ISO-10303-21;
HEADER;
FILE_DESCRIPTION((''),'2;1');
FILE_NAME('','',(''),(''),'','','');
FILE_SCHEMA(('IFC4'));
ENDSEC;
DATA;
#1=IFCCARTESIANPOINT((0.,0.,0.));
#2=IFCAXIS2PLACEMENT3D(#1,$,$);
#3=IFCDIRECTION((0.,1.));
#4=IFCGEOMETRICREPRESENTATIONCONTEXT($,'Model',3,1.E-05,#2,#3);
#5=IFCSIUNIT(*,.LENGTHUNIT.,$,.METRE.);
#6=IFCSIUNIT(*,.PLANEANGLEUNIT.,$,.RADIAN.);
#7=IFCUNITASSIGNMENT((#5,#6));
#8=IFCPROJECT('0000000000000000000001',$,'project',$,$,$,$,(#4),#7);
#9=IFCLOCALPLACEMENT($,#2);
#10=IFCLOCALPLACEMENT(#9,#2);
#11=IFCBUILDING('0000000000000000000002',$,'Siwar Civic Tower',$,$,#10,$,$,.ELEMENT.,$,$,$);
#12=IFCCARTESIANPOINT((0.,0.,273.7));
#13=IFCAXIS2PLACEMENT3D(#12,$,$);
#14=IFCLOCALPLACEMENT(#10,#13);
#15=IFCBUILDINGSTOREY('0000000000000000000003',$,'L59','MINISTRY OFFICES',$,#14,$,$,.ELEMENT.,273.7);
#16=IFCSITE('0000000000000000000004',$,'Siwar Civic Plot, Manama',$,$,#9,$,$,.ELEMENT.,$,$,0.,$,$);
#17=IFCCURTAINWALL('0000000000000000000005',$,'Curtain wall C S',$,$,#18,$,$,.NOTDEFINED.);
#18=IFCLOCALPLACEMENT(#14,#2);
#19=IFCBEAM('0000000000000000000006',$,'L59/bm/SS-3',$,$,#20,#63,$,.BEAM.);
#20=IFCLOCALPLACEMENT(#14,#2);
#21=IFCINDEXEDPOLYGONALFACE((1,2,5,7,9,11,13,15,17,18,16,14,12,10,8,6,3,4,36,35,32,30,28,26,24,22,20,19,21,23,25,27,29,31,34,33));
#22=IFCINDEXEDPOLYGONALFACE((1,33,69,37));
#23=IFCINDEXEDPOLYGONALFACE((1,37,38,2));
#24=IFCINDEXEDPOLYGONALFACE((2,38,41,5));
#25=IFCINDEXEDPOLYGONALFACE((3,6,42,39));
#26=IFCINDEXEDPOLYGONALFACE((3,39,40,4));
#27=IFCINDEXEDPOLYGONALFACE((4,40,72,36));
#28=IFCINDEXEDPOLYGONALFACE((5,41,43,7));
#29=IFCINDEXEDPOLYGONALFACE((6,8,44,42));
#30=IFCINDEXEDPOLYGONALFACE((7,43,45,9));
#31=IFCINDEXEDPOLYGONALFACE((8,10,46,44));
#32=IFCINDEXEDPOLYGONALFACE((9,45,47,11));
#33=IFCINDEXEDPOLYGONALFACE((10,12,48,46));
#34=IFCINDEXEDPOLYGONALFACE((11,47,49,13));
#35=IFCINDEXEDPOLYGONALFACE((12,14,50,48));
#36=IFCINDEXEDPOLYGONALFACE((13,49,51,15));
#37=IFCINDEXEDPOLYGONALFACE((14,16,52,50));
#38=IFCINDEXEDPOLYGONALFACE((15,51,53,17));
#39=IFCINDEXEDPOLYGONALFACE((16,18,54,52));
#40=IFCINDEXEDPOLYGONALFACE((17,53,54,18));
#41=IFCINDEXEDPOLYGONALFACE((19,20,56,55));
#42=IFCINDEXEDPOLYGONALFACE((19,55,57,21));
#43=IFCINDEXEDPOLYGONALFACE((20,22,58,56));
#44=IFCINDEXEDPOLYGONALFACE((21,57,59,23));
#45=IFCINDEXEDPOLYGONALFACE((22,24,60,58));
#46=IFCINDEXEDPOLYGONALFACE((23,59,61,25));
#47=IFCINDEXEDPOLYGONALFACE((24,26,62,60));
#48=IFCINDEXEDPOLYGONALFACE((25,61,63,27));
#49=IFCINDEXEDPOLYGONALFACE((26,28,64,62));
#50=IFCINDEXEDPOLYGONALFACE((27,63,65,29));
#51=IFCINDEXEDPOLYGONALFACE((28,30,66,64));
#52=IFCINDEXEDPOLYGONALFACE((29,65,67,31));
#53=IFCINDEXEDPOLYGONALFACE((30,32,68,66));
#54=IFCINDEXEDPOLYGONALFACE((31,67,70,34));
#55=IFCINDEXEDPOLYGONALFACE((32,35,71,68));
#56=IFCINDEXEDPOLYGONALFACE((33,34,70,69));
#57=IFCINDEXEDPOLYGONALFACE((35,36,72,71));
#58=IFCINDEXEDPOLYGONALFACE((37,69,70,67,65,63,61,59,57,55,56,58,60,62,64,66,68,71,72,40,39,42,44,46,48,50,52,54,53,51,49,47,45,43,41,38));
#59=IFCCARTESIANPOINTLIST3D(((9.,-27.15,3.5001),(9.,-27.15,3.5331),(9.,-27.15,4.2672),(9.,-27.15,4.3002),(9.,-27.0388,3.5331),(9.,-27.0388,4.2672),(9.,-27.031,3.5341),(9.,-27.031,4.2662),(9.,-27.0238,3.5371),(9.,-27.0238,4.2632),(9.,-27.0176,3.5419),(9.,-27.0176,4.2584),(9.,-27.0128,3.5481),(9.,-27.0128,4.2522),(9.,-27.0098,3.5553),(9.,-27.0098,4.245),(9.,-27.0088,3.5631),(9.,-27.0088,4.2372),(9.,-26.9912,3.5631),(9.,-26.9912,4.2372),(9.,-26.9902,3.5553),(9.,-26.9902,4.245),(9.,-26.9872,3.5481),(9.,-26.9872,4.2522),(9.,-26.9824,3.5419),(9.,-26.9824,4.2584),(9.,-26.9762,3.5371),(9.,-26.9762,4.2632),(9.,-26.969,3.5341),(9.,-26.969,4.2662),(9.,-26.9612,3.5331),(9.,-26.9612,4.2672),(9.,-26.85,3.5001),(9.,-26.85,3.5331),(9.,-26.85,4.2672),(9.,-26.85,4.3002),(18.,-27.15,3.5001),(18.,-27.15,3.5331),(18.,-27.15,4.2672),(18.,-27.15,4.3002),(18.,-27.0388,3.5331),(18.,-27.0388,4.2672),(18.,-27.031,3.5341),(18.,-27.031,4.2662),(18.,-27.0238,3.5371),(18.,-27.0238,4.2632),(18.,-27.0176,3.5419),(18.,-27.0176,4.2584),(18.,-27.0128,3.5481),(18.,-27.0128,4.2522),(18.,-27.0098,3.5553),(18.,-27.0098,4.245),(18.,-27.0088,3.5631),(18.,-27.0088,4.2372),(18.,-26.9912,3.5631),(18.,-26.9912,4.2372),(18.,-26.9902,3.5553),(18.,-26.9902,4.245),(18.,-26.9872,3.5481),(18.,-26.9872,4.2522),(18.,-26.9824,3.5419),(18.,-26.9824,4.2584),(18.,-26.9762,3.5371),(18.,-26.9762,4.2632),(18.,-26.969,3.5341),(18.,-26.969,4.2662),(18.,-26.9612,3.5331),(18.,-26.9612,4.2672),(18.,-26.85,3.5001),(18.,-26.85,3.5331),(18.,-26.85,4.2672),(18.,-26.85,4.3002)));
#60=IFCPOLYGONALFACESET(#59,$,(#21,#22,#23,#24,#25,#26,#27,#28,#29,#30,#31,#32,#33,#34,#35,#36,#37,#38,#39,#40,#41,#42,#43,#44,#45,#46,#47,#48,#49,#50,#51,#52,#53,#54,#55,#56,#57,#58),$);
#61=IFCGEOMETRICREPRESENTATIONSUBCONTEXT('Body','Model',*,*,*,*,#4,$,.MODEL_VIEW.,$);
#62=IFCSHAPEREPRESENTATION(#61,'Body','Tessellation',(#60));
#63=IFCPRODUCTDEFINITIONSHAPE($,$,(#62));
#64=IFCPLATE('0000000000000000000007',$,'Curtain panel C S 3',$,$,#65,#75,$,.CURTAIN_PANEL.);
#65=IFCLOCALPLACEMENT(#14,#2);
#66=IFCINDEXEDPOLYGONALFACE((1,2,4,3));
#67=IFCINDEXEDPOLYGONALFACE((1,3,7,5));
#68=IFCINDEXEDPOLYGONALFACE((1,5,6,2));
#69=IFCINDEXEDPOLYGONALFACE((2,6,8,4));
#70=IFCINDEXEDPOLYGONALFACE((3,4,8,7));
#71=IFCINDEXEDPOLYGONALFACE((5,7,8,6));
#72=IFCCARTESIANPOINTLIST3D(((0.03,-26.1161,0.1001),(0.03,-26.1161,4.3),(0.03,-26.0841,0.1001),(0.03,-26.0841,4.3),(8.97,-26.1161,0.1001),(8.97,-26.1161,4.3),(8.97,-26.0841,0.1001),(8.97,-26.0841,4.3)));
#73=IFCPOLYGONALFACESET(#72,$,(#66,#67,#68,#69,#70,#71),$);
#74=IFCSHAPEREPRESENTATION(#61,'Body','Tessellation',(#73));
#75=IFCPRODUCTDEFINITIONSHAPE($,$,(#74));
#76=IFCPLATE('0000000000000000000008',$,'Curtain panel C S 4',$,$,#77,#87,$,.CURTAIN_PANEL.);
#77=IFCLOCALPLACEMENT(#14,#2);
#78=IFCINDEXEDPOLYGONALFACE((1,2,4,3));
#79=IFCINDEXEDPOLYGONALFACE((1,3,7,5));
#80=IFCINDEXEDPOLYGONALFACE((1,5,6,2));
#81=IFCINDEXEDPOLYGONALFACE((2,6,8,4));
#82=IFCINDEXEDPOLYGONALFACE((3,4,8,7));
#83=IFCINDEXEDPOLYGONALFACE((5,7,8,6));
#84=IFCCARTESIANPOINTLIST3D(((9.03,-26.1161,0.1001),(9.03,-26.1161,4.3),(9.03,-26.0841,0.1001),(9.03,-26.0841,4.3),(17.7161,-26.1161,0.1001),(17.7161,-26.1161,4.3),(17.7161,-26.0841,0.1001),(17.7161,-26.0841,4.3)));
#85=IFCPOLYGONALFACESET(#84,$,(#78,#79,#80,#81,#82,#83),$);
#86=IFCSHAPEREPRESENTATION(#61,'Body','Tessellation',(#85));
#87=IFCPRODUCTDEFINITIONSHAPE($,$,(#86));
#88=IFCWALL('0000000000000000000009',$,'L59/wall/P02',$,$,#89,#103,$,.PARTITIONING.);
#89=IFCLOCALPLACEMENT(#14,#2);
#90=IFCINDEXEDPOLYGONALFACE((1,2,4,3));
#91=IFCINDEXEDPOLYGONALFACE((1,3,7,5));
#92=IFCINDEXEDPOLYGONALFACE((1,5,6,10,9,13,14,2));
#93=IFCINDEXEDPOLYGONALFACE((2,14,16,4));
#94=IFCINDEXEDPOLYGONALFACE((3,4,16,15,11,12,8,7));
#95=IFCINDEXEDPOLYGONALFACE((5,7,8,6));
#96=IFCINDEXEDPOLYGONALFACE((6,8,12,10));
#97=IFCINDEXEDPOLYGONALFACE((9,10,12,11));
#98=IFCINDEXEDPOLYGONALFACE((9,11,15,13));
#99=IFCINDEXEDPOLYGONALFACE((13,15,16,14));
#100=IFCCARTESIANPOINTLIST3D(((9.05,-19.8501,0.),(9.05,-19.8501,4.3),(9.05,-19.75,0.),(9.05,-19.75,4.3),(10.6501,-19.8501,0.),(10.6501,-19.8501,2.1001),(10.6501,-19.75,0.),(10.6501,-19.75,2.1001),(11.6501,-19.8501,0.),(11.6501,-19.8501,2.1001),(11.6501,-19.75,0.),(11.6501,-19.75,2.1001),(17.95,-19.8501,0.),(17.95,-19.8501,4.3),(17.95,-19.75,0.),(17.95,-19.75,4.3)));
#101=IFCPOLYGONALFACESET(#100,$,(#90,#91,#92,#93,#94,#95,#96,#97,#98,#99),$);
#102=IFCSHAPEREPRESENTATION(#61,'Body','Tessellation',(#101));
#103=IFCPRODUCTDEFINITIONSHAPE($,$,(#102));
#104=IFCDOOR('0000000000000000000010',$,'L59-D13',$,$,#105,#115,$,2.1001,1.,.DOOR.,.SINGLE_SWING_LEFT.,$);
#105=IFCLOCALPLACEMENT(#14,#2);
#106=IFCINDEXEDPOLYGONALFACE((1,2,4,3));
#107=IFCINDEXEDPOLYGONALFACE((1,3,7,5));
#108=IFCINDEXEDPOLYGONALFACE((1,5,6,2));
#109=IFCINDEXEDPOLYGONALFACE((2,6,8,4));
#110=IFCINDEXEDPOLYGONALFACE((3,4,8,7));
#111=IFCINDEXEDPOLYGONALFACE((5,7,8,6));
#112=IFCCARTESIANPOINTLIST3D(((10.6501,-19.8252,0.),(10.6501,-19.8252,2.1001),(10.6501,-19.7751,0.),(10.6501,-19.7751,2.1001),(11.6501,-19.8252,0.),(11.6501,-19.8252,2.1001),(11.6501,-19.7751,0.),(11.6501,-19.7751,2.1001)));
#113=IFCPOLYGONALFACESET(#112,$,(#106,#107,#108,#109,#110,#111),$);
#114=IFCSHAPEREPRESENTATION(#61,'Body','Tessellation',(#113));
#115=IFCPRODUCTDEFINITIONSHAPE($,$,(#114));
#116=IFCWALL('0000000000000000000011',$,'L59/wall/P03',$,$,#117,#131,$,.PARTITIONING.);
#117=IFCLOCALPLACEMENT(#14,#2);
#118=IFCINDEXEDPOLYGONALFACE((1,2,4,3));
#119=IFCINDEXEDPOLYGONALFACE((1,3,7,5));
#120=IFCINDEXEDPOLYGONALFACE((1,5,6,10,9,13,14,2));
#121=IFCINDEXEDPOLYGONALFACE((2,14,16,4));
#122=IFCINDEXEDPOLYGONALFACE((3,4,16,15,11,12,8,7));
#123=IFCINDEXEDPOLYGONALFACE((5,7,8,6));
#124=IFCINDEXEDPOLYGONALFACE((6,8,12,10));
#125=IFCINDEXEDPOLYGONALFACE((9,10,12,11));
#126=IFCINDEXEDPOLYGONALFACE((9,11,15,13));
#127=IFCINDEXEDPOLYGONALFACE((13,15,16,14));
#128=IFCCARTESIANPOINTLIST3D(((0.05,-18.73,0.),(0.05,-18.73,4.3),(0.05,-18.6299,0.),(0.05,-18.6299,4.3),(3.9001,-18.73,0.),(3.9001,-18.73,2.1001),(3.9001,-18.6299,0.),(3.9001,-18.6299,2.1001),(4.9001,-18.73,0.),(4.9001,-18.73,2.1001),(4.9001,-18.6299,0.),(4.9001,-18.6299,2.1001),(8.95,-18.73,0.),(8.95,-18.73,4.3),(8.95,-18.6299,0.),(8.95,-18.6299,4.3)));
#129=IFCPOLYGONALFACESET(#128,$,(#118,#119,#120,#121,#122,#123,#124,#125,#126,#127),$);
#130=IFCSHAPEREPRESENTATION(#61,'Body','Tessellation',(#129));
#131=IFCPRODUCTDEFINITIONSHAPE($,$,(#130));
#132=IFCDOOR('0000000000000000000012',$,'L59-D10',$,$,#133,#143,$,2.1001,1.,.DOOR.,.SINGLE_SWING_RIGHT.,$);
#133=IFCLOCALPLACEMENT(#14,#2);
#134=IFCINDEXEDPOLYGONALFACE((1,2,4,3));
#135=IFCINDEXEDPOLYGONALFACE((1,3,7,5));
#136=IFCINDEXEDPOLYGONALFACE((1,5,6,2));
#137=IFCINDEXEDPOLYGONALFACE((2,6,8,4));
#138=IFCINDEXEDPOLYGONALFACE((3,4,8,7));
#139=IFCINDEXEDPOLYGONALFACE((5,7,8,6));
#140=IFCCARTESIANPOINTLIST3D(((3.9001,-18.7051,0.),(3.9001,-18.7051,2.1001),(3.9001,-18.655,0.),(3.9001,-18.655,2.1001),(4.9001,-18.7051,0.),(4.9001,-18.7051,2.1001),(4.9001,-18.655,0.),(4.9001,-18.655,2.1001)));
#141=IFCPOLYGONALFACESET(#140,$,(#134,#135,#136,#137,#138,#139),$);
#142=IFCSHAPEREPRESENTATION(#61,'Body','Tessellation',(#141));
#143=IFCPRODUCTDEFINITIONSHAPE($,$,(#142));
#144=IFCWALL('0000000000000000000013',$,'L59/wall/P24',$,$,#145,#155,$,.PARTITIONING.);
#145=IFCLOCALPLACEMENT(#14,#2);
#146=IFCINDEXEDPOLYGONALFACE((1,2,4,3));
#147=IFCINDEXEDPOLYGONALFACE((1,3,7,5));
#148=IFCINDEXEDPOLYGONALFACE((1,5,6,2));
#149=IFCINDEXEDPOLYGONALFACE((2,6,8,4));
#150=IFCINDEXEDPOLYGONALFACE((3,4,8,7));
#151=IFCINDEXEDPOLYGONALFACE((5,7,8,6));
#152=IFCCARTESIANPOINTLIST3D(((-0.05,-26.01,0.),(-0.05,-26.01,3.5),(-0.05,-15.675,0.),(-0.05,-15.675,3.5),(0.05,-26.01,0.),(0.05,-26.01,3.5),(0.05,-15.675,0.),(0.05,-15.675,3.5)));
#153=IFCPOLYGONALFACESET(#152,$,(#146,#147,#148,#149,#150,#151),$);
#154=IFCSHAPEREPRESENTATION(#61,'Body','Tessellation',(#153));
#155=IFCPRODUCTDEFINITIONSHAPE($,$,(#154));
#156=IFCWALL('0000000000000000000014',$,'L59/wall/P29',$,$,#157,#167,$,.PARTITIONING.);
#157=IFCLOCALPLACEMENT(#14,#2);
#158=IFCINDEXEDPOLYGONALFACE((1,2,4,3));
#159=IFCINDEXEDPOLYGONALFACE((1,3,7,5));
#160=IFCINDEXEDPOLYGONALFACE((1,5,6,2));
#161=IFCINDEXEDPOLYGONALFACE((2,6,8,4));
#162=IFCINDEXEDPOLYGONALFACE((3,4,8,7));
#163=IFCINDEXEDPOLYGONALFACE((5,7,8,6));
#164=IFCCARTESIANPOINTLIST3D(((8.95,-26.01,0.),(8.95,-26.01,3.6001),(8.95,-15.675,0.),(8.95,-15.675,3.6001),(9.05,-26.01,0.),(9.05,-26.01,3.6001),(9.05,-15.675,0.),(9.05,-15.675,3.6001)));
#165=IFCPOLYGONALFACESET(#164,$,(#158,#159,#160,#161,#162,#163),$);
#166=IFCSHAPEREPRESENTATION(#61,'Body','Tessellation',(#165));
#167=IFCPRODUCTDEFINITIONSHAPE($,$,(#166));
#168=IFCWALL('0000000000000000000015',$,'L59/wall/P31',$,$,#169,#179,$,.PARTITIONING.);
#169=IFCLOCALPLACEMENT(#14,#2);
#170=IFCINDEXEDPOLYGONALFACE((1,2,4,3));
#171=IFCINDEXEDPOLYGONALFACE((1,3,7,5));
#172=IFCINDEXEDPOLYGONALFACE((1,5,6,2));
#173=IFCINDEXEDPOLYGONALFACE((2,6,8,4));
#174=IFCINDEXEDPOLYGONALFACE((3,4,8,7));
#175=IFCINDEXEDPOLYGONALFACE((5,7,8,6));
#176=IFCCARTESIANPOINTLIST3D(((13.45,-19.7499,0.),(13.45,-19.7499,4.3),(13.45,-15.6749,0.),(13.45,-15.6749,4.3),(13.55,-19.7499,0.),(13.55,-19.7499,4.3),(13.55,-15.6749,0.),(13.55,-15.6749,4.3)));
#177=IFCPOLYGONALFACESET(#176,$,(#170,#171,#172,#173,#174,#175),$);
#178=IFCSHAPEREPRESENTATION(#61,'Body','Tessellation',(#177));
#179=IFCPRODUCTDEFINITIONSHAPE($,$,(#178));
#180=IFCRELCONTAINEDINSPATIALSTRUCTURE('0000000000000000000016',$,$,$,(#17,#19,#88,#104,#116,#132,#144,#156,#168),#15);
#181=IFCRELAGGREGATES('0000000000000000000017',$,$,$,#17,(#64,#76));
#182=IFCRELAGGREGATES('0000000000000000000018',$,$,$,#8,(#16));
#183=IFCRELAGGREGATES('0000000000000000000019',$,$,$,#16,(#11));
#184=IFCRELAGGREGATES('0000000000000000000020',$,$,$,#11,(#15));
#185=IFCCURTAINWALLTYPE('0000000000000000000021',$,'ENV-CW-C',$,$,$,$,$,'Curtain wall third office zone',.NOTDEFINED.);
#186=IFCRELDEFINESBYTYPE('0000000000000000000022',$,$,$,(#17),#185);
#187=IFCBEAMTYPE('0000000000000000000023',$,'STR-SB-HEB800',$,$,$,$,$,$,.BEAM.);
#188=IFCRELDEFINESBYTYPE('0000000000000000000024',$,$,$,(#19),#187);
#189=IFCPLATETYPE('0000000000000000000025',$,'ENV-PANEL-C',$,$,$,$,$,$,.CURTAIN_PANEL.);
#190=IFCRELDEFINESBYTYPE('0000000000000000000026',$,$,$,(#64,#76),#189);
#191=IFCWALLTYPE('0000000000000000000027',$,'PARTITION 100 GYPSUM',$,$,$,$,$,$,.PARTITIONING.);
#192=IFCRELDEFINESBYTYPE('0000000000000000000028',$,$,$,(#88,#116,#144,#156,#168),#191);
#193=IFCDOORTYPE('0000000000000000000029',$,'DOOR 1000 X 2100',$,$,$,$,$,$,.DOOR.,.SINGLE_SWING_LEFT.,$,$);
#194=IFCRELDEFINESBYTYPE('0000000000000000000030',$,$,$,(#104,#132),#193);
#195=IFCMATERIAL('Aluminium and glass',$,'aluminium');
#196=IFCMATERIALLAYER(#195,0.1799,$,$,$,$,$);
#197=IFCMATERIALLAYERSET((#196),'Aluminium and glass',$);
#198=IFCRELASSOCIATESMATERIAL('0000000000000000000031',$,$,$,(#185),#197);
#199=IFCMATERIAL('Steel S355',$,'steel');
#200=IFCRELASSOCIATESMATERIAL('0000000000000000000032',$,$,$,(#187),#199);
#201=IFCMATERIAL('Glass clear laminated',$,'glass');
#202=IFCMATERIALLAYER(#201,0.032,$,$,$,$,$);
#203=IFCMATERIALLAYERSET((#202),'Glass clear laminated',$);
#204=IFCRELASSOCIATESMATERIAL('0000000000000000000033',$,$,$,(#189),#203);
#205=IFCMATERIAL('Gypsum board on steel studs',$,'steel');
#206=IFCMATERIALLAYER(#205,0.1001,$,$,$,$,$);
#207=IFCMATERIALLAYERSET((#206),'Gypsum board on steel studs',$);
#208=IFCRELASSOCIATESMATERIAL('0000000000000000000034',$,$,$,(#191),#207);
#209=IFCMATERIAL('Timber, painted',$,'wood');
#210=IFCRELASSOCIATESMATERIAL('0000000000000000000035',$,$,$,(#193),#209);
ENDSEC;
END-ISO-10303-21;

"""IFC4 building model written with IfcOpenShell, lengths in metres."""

from ifc_helpers import new_model, si_unit, direction, frame, frame_2d, origin, origin_2d, place, context, subcontext, project, spatial, rectangle, i_section, extrude, material, layer, layer_set, material_profile, profile_set, type_object, element, fill, aggregate, save


model = new_model("IFC4")

# Units and contexts
model_context = context("Model", 3, precision=1e-05, world=origin(), true_north=direction((0.0, 1.0)))
body_context = subcontext(model_context, "Body", "Model", "MODEL_VIEW")
ifc_project = project(units=[si_unit("LENGTHUNIT", "METRE"), si_unit("PLANEANGLEUNIT", "RADIAN")], contexts=[model_context])

# Site, building, storey
site_placement = place(None, origin())
site = spatial("IfcSite", under=ifc_project, at=site_placement, Name="Siwar Civic Plot, Manama", CompositionType="ELEMENT", RefElevation=0.0)
building_placement = place(site_placement, origin())
building = spatial("IfcBuilding", under=site, at=building_placement, Name="Siwar Civic Tower", CompositionType="ELEMENT")
storey_placement = place(building_placement, frame((0.0, 0.0, 273.7)))
storey = spatial("IfcBuildingStorey", under=building, at=storey_placement, Name="L59", Description="MINISTRY OFFICES", CompositionType="ELEMENT", Elevation=273.7)

# Curtain wall
ifc_material_1 = material(Name="Aluminium and glass", Category="aluminium")
ifc_layer_1 = layer(ifc_material_1, 0.1799)
ifc_layer_set_1 = layer_set([ifc_layer_1], Name="Aluminium and glass")
curtain_wall_type_1 = type_object("IfcCurtainWallType", Name="ENV-CW-C", ElementType="Curtain wall third office zone", PredefinedType="NOTDEFINED", material=ifc_layer_set_1)
curtain_wall_1_placement = place(storey_placement, origin())
curtain_wall_1 = element("IfcCurtainWall", 1, at=curtain_wall_1_placement, inside=storey, type_object=curtain_wall_type_1, Name="Curtain wall C S", PredefinedType="NOTDEFINED")

# Beam
ifc_material_2 = material(Name="Steel S355", Category="steel")
ifc_material_profile_1 = material_profile(ifc_material_2, i_section(OverallWidth=0.3, OverallDepth=0.8, WebThickness=0.0176, FlangeThickness=0.033, FilletRadius=0.03, at=origin_2d()), Name="HEB800")
ifc_profile_set_1 = profile_set([ifc_material_profile_1], Name="Steel S355")
beam_type_1 = type_object("IfcBeamType", Name="STR-SB-HEB800", PredefinedType="BEAM", material=ifc_profile_set_1)
beam_1_placement = place(storey_placement, frame((9.0, -27.0, 3.9001), z_axis=(1.0, 0.0, 0.0), x_axis=(0.0, 1.0, 0.0)))
element("IfcBeam", 2, at=beam_1_placement, inside=storey, type_object=beam_type_1, Name="L59/bm/SS-3", PredefinedType="BEAM", context=body_context, shape_type="SweptSolid", body=[
    extrude(i_section(OverallWidth=0.3, OverallDepth=0.8, WebThickness=0.0176, FlangeThickness=0.033, FilletRadius=0.03, at=origin_2d()), origin(), (0.0, 0.0, 1.0), 9.0),
])

# Plates
ifc_material_3 = material(Name="Glass clear laminated", Category="glass")
ifc_layer_2 = layer(ifc_material_3, 0.032)
ifc_layer_set_2 = layer_set([ifc_layer_2], Name="Glass clear laminated")
plate_type = type_object("IfcPlateType", Name="ENV-PANEL-C", PredefinedType="CURTAIN_PANEL", material=ifc_layer_set_2)
plate_1_placement = place(storey_placement, frame((4.5, -26.1001, 0.1001), z_axis=(0.0, 0.0, 1.0), x_axis=(1.0, 0.0, 0.0)))
plate_1 = element("IfcPlate", 3, at=plate_1_placement, type_object=plate_type, Name="Curtain panel C S 3", PredefinedType="CURTAIN_PANEL", context=body_context, shape_type="SweptSolid", body=[
    extrude(rectangle(XDim=8.9399, YDim=0.032, at=origin_2d()), origin(), (0.0, 0.0, 1.0), 4.2),
])
plate_2_placement = place(storey_placement, frame((13.373, -26.1001, 0.1001), z_axis=(0.0, 0.0, 1.0), x_axis=(1.0, 0.0, 0.0)))
plate_2 = element("IfcPlate", 4, at=plate_2_placement, type_object=plate_type, Name="Curtain panel C S 4", PredefinedType="CURTAIN_PANEL", context=body_context, shape_type="SweptSolid", body=[
    extrude(rectangle(XDim=8.686, YDim=0.032, at=origin_2d()), origin(), (0.0, 0.0, 1.0), 4.2),
])
aggregate(curtain_wall_1, [plate_1, plate_2])

# Walls, openings, doors
ifc_material_4 = material(Name="Gypsum board on steel studs", Category="steel")
ifc_layer_3 = layer(ifc_material_4, 0.1001)
ifc_layer_set_3 = layer_set([ifc_layer_3], Name="Gypsum board on steel studs")
wall_type = type_object("IfcWallType", Name="PARTITION 100 GYPSUM", PredefinedType="PARTITIONING", material=ifc_layer_set_3)
wall_1_placement = place(storey_placement, frame((9.05, -19.8, 0.0), z_axis=(0.0, 0.0, 1.0), x_axis=(1.0, 0.0, 0.0)))
wall_1 = element("IfcWall", 5, at=wall_1_placement, inside=storey, type_object=wall_type, Name="L59/wall/P02", PredefinedType="PARTITIONING", context=body_context, shape_type="SweptSolid", body=[
    extrude(rectangle(XDim=8.8999, YDim=0.1001, at=frame_2d((4.45, 0.0))), origin(), (0.0, 0.0, 1.0), 4.3),
])
opening_1_placement = place(wall_1_placement, frame((1.6001, 0.0, 0.0)))
opening_1 = element("IfcOpeningElement", 6, at=opening_1_placement, cuts=wall_1, PredefinedType="OPENING", context=body_context, shape_type="SweptSolid", body=[
    extrude(rectangle(XDim=1.0, YDim=2.1001, at=frame_2d((0.5, 1.05))), frame((0.0, 0.0601, 0.0), z_axis=(0.0, -1.0, 0.0), x_axis=(1.0, 0.0, 0.0)), (0.0, 0.0, 1.0), 0.1201),
])
ifc_material_5 = material(Name="Timber, painted", Category="wood")
door_type = type_object("IfcDoorType", Name="DOOR 1000 X 2100", OperationType="SINGLE_SWING_LEFT", PredefinedType="DOOR", material=ifc_material_5)
door_1_placement = place(opening_1_placement, origin())
door_1 = element("IfcDoor", 7, at=door_1_placement, inside=storey, type_object=door_type, Name="L59-D13", OperationType="SINGLE_SWING_LEFT", OverallHeight=2.1001, OverallWidth=1.0, PredefinedType="DOOR", context=body_context, shape_type="SweptSolid", body=[
    extrude(rectangle(XDim=1.0, YDim=2.1001, at=frame_2d((0.5, 1.05))), frame((0.0, 0.0249, 0.0), z_axis=(0.0, -1.0, 0.0), x_axis=(1.0, 0.0, 0.0)), (0.0, 0.0, 1.0), 0.05),
])
fill(opening_1, door_1)
wall_2_placement = place(storey_placement, frame((0.05, -18.6799, 0.0), z_axis=(0.0, 0.0, 1.0), x_axis=(1.0, 0.0, 0.0)))
wall_2 = element("IfcWall", 8, at=wall_2_placement, inside=storey, type_object=wall_type, Name="L59/wall/P03", PredefinedType="PARTITIONING", context=body_context, shape_type="SweptSolid", body=[
    extrude(rectangle(XDim=8.8999, YDim=0.1001, at=frame_2d((4.45, 0.0))), origin(), (0.0, 0.0, 1.0), 4.3),
])
opening_2_placement = place(wall_2_placement, frame((3.8501, 0.0, 0.0)))
opening_2 = element("IfcOpeningElement", 9, at=opening_2_placement, cuts=wall_2, PredefinedType="OPENING", context=body_context, shape_type="SweptSolid", body=[
    extrude(rectangle(XDim=1.0, YDim=2.1001, at=frame_2d((0.5, 1.05))), frame((0.0, 0.0601, 0.0), z_axis=(0.0, -1.0, 0.0), x_axis=(1.0, 0.0, 0.0)), (0.0, 0.0, 1.0), 0.1201),
])
door_2_placement = place(opening_2_placement, origin())
door_2 = element("IfcDoor", 10, at=door_2_placement, inside=storey, type_object=door_type, Name="L59-D10", OperationType="SINGLE_SWING_RIGHT", OverallHeight=2.1001, OverallWidth=1.0, PredefinedType="DOOR", context=body_context, shape_type="SweptSolid", body=[
    extrude(rectangle(XDim=1.0, YDim=2.1001, at=frame_2d((0.5, 1.05))), frame((0.0, 0.0249, 0.0), z_axis=(0.0, -1.0, 0.0), x_axis=(1.0, 0.0, 0.0)), (0.0, 0.0, 1.0), 0.05),
])
fill(opening_2, door_2)

# Walls
wall_3_placement = place(storey_placement, frame((0.0, -26.01, 0.0), z_axis=(0.0, 0.0, 1.0), x_axis=(0.0, 1.0, 0.0)))
element("IfcWall", 11, at=wall_3_placement, inside=storey, type_object=wall_type, Name="L59/wall/P24", PredefinedType="PARTITIONING", context=body_context, shape_type="SweptSolid", body=[
    extrude(rectangle(XDim=10.335, YDim=0.1001, at=frame_2d((5.1675, 0.0))), origin(), (0.0, 0.0, 1.0), 3.5),
])
wall_4_placement = place(storey_placement, frame((9.0, -26.01, 0.0), z_axis=(0.0, 0.0, 1.0), x_axis=(0.0, 1.0, 0.0)))
element("IfcWall", 12, at=wall_4_placement, inside=storey, type_object=wall_type, Name="L59/wall/P29", PredefinedType="PARTITIONING", context=body_context, shape_type="SweptSolid", body=[
    extrude(rectangle(XDim=10.335, YDim=0.1001, at=frame_2d((5.1675, 0.0))), origin(), (0.0, 0.0, 1.0), 3.6001),
])
wall_5_placement = place(storey_placement, frame((13.5, -19.75, 0.0), z_axis=(0.0, 0.0, 1.0), x_axis=(0.0, 1.0, 0.0)))
element("IfcWall", 13, at=wall_5_placement, inside=storey, type_object=wall_type, Name="L59/wall/P31", PredefinedType="PARTITIONING", context=body_context, shape_type="SweptSolid", body=[
    extrude(rectangle(XDim=4.075, YDim=0.1001, at=frame_2d((2.0376, 0.0))), origin(), (0.0, 0.0, 1.0), 4.3),
])

save(model, "model.ifc")
